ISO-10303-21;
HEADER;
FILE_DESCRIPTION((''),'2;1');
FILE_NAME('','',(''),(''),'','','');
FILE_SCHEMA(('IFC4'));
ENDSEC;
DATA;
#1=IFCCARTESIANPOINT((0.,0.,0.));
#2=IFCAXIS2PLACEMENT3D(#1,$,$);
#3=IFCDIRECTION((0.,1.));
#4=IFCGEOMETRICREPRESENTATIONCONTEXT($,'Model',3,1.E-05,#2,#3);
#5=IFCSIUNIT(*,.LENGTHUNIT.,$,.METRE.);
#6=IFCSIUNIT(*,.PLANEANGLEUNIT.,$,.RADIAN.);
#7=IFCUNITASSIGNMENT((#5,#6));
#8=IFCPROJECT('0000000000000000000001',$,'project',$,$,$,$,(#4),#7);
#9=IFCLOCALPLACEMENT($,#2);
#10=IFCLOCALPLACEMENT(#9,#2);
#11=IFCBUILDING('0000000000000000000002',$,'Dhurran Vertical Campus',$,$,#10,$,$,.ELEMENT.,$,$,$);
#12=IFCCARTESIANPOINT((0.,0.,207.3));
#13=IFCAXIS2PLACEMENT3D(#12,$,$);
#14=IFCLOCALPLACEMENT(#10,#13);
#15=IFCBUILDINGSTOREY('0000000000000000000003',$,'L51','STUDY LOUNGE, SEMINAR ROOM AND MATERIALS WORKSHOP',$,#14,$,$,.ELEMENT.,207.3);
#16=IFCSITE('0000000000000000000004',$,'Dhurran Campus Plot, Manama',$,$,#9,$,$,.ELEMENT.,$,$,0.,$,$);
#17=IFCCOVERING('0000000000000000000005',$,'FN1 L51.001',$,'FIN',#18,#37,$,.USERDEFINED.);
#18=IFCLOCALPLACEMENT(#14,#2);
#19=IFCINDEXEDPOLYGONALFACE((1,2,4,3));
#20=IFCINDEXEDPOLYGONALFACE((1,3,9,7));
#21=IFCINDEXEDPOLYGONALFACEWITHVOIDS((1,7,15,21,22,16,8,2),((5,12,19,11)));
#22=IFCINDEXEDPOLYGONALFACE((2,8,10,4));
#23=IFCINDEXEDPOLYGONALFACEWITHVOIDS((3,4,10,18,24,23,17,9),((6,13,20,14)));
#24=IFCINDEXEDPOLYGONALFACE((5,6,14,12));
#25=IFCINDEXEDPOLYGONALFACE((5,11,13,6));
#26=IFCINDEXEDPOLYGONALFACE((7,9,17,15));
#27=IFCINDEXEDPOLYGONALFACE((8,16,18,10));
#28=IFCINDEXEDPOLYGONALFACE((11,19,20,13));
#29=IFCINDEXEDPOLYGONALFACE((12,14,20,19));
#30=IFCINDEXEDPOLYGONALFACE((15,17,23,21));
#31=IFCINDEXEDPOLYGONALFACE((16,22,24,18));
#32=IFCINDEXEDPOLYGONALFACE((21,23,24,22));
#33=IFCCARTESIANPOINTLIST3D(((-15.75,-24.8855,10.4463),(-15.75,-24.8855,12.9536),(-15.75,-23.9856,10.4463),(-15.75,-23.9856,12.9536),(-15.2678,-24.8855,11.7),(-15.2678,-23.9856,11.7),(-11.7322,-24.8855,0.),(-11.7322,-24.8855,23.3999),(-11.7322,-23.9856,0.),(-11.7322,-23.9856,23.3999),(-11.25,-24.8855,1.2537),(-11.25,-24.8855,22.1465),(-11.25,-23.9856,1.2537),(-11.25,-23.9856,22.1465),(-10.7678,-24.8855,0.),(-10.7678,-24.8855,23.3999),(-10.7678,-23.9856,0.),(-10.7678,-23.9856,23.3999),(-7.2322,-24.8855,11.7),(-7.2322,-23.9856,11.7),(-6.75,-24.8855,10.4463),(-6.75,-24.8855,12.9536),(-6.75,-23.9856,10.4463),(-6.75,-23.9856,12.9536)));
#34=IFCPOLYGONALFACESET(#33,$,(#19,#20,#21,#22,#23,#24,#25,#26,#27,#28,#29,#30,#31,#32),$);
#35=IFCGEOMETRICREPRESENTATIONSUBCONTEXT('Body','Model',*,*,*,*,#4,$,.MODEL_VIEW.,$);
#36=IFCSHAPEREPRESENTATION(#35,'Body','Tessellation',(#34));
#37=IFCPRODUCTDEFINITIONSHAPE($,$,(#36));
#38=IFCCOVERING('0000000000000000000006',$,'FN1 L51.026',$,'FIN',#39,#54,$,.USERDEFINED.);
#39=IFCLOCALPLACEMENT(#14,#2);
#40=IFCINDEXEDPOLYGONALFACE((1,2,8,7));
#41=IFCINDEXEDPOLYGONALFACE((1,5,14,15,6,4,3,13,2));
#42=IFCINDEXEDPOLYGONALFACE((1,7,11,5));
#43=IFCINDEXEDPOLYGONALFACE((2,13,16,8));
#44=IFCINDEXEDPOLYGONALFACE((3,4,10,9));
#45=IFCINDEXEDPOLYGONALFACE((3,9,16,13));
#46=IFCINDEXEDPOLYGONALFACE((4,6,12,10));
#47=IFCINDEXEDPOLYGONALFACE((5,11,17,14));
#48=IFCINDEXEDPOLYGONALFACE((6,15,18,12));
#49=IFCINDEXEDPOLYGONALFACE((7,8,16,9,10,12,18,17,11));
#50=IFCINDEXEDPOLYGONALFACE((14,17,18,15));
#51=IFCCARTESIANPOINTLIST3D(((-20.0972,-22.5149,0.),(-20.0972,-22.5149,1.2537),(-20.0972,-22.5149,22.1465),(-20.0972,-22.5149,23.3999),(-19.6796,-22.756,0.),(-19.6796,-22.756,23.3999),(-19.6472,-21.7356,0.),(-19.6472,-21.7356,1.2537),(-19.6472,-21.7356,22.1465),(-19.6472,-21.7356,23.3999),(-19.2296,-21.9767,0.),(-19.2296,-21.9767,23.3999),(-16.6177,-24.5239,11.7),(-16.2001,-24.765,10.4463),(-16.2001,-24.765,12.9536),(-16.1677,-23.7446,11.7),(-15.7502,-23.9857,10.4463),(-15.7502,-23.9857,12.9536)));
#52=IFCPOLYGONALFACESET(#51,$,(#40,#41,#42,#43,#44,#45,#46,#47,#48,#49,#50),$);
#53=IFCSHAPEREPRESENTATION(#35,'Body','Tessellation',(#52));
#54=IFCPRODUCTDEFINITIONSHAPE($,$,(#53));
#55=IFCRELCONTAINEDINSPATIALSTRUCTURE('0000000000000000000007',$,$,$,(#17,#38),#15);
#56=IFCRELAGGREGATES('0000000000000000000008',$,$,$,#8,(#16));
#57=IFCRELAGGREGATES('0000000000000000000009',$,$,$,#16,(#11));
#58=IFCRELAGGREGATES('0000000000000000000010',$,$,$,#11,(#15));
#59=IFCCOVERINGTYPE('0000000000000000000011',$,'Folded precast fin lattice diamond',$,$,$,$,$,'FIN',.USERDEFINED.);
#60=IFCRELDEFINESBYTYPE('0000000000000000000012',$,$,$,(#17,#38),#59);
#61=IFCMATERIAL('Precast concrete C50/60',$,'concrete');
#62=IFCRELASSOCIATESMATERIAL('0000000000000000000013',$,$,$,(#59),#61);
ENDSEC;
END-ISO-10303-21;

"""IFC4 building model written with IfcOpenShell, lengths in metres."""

from ifc_helpers import new_model, si_unit, direction, frame, origin, place, context, subcontext, project, spatial, polyline, outline, extrude, material, type_object, element, save


model = new_model("IFC4")

# Units and contexts
model_context = context("Model", 3, precision=1e-05, world=origin(), true_north=direction((0.0, 1.0)))
body_context = subcontext(model_context, "Body", "Model", "MODEL_VIEW")
ifc_project = project(units=[si_unit("LENGTHUNIT", "METRE"), si_unit("PLANEANGLEUNIT", "RADIAN")], contexts=[model_context])

# Site, building, storey
site_placement = place(None, origin())
site = spatial("IfcSite", under=ifc_project, at=site_placement, Name="Dhurran Campus Plot, Manama", CompositionType="ELEMENT", RefElevation=0.0)
building_placement = place(site_placement, origin())
building = spatial("IfcBuilding", under=site, at=building_placement, Name="Dhurran Vertical Campus", CompositionType="ELEMENT")
storey_placement = place(building_placement, frame((0.0, 0.0, 207.3)))
storey = spatial("IfcBuildingStorey", under=building, at=storey_placement, Name="L51", Description="STUDY LOUNGE, SEMINAR ROOM AND MATERIALS WORKSHOP", CompositionType="ELEMENT", Elevation=207.3)

# Coverings
ifc_material_1 = material(Name="Precast concrete C50/60", Category="concrete")
covering_type = type_object("IfcCoveringType", Name="Folded precast fin lattice diamond", ElementType="FIN", PredefinedType="USERDEFINED", material=ifc_material_1)
covering_1_placement = place(storey_placement, frame((-15.75, -23.9856, 0.0), z_axis=(0.0, -1.0, 0.0), x_axis=(1.0, 0.0, 0.0)))
element("IfcCovering", 1, at=covering_1_placement, inside=storey, type_object=covering_type, Name="FN1 L51.001", ObjectType="FIN", PredefinedType="USERDEFINED", context=body_context, shape_type="SweptSolid", body=[
    extrude(outline(polyline([(9.0, 12.9536), (9.0, 10.4463), (4.9822, 0.0), (4.0178, 0.0), (0.0, 10.4463), (0.0, 12.9536), (4.0178, 23.3999), (4.9822, 23.3999), (9.0, 12.9536)]), holes=[polyline([(8.5178, 11.7), (4.5, 22.1465), (0.4822, 11.7), (4.5, 1.2537), (8.5178, 11.7)])]), origin(), (0.0, 0.0, 1.0), 0.8999),
])
covering_2_placement = place(storey_placement, frame((-19.6472, -21.7356, 0.0), z_axis=(-0.50002, -0.866014, 0.0), x_axis=(0.866014, -0.50002, 0.0)))
element("IfcCovering", 2, at=covering_2_placement, inside=storey, type_object=covering_type, Name="FN1 L51.026", ObjectType="FIN", PredefinedType="USERDEFINED", context=body_context, shape_type="SweptSolid", body=[
    extrude(outline(polyline([(4.5, 10.4463), (0.4822, 0.0), (0.0, 0.0), (0.0, 1.2537), (4.0178, 11.7), (0.0, 22.1465), (0.0, 23.3999), (0.4822, 23.3999), (4.5, 12.9536), (4.5, 10.4463)])), origin(), (0.0, 0.0, 1.0), 0.8999),
])

save(model, "model.ifc")
